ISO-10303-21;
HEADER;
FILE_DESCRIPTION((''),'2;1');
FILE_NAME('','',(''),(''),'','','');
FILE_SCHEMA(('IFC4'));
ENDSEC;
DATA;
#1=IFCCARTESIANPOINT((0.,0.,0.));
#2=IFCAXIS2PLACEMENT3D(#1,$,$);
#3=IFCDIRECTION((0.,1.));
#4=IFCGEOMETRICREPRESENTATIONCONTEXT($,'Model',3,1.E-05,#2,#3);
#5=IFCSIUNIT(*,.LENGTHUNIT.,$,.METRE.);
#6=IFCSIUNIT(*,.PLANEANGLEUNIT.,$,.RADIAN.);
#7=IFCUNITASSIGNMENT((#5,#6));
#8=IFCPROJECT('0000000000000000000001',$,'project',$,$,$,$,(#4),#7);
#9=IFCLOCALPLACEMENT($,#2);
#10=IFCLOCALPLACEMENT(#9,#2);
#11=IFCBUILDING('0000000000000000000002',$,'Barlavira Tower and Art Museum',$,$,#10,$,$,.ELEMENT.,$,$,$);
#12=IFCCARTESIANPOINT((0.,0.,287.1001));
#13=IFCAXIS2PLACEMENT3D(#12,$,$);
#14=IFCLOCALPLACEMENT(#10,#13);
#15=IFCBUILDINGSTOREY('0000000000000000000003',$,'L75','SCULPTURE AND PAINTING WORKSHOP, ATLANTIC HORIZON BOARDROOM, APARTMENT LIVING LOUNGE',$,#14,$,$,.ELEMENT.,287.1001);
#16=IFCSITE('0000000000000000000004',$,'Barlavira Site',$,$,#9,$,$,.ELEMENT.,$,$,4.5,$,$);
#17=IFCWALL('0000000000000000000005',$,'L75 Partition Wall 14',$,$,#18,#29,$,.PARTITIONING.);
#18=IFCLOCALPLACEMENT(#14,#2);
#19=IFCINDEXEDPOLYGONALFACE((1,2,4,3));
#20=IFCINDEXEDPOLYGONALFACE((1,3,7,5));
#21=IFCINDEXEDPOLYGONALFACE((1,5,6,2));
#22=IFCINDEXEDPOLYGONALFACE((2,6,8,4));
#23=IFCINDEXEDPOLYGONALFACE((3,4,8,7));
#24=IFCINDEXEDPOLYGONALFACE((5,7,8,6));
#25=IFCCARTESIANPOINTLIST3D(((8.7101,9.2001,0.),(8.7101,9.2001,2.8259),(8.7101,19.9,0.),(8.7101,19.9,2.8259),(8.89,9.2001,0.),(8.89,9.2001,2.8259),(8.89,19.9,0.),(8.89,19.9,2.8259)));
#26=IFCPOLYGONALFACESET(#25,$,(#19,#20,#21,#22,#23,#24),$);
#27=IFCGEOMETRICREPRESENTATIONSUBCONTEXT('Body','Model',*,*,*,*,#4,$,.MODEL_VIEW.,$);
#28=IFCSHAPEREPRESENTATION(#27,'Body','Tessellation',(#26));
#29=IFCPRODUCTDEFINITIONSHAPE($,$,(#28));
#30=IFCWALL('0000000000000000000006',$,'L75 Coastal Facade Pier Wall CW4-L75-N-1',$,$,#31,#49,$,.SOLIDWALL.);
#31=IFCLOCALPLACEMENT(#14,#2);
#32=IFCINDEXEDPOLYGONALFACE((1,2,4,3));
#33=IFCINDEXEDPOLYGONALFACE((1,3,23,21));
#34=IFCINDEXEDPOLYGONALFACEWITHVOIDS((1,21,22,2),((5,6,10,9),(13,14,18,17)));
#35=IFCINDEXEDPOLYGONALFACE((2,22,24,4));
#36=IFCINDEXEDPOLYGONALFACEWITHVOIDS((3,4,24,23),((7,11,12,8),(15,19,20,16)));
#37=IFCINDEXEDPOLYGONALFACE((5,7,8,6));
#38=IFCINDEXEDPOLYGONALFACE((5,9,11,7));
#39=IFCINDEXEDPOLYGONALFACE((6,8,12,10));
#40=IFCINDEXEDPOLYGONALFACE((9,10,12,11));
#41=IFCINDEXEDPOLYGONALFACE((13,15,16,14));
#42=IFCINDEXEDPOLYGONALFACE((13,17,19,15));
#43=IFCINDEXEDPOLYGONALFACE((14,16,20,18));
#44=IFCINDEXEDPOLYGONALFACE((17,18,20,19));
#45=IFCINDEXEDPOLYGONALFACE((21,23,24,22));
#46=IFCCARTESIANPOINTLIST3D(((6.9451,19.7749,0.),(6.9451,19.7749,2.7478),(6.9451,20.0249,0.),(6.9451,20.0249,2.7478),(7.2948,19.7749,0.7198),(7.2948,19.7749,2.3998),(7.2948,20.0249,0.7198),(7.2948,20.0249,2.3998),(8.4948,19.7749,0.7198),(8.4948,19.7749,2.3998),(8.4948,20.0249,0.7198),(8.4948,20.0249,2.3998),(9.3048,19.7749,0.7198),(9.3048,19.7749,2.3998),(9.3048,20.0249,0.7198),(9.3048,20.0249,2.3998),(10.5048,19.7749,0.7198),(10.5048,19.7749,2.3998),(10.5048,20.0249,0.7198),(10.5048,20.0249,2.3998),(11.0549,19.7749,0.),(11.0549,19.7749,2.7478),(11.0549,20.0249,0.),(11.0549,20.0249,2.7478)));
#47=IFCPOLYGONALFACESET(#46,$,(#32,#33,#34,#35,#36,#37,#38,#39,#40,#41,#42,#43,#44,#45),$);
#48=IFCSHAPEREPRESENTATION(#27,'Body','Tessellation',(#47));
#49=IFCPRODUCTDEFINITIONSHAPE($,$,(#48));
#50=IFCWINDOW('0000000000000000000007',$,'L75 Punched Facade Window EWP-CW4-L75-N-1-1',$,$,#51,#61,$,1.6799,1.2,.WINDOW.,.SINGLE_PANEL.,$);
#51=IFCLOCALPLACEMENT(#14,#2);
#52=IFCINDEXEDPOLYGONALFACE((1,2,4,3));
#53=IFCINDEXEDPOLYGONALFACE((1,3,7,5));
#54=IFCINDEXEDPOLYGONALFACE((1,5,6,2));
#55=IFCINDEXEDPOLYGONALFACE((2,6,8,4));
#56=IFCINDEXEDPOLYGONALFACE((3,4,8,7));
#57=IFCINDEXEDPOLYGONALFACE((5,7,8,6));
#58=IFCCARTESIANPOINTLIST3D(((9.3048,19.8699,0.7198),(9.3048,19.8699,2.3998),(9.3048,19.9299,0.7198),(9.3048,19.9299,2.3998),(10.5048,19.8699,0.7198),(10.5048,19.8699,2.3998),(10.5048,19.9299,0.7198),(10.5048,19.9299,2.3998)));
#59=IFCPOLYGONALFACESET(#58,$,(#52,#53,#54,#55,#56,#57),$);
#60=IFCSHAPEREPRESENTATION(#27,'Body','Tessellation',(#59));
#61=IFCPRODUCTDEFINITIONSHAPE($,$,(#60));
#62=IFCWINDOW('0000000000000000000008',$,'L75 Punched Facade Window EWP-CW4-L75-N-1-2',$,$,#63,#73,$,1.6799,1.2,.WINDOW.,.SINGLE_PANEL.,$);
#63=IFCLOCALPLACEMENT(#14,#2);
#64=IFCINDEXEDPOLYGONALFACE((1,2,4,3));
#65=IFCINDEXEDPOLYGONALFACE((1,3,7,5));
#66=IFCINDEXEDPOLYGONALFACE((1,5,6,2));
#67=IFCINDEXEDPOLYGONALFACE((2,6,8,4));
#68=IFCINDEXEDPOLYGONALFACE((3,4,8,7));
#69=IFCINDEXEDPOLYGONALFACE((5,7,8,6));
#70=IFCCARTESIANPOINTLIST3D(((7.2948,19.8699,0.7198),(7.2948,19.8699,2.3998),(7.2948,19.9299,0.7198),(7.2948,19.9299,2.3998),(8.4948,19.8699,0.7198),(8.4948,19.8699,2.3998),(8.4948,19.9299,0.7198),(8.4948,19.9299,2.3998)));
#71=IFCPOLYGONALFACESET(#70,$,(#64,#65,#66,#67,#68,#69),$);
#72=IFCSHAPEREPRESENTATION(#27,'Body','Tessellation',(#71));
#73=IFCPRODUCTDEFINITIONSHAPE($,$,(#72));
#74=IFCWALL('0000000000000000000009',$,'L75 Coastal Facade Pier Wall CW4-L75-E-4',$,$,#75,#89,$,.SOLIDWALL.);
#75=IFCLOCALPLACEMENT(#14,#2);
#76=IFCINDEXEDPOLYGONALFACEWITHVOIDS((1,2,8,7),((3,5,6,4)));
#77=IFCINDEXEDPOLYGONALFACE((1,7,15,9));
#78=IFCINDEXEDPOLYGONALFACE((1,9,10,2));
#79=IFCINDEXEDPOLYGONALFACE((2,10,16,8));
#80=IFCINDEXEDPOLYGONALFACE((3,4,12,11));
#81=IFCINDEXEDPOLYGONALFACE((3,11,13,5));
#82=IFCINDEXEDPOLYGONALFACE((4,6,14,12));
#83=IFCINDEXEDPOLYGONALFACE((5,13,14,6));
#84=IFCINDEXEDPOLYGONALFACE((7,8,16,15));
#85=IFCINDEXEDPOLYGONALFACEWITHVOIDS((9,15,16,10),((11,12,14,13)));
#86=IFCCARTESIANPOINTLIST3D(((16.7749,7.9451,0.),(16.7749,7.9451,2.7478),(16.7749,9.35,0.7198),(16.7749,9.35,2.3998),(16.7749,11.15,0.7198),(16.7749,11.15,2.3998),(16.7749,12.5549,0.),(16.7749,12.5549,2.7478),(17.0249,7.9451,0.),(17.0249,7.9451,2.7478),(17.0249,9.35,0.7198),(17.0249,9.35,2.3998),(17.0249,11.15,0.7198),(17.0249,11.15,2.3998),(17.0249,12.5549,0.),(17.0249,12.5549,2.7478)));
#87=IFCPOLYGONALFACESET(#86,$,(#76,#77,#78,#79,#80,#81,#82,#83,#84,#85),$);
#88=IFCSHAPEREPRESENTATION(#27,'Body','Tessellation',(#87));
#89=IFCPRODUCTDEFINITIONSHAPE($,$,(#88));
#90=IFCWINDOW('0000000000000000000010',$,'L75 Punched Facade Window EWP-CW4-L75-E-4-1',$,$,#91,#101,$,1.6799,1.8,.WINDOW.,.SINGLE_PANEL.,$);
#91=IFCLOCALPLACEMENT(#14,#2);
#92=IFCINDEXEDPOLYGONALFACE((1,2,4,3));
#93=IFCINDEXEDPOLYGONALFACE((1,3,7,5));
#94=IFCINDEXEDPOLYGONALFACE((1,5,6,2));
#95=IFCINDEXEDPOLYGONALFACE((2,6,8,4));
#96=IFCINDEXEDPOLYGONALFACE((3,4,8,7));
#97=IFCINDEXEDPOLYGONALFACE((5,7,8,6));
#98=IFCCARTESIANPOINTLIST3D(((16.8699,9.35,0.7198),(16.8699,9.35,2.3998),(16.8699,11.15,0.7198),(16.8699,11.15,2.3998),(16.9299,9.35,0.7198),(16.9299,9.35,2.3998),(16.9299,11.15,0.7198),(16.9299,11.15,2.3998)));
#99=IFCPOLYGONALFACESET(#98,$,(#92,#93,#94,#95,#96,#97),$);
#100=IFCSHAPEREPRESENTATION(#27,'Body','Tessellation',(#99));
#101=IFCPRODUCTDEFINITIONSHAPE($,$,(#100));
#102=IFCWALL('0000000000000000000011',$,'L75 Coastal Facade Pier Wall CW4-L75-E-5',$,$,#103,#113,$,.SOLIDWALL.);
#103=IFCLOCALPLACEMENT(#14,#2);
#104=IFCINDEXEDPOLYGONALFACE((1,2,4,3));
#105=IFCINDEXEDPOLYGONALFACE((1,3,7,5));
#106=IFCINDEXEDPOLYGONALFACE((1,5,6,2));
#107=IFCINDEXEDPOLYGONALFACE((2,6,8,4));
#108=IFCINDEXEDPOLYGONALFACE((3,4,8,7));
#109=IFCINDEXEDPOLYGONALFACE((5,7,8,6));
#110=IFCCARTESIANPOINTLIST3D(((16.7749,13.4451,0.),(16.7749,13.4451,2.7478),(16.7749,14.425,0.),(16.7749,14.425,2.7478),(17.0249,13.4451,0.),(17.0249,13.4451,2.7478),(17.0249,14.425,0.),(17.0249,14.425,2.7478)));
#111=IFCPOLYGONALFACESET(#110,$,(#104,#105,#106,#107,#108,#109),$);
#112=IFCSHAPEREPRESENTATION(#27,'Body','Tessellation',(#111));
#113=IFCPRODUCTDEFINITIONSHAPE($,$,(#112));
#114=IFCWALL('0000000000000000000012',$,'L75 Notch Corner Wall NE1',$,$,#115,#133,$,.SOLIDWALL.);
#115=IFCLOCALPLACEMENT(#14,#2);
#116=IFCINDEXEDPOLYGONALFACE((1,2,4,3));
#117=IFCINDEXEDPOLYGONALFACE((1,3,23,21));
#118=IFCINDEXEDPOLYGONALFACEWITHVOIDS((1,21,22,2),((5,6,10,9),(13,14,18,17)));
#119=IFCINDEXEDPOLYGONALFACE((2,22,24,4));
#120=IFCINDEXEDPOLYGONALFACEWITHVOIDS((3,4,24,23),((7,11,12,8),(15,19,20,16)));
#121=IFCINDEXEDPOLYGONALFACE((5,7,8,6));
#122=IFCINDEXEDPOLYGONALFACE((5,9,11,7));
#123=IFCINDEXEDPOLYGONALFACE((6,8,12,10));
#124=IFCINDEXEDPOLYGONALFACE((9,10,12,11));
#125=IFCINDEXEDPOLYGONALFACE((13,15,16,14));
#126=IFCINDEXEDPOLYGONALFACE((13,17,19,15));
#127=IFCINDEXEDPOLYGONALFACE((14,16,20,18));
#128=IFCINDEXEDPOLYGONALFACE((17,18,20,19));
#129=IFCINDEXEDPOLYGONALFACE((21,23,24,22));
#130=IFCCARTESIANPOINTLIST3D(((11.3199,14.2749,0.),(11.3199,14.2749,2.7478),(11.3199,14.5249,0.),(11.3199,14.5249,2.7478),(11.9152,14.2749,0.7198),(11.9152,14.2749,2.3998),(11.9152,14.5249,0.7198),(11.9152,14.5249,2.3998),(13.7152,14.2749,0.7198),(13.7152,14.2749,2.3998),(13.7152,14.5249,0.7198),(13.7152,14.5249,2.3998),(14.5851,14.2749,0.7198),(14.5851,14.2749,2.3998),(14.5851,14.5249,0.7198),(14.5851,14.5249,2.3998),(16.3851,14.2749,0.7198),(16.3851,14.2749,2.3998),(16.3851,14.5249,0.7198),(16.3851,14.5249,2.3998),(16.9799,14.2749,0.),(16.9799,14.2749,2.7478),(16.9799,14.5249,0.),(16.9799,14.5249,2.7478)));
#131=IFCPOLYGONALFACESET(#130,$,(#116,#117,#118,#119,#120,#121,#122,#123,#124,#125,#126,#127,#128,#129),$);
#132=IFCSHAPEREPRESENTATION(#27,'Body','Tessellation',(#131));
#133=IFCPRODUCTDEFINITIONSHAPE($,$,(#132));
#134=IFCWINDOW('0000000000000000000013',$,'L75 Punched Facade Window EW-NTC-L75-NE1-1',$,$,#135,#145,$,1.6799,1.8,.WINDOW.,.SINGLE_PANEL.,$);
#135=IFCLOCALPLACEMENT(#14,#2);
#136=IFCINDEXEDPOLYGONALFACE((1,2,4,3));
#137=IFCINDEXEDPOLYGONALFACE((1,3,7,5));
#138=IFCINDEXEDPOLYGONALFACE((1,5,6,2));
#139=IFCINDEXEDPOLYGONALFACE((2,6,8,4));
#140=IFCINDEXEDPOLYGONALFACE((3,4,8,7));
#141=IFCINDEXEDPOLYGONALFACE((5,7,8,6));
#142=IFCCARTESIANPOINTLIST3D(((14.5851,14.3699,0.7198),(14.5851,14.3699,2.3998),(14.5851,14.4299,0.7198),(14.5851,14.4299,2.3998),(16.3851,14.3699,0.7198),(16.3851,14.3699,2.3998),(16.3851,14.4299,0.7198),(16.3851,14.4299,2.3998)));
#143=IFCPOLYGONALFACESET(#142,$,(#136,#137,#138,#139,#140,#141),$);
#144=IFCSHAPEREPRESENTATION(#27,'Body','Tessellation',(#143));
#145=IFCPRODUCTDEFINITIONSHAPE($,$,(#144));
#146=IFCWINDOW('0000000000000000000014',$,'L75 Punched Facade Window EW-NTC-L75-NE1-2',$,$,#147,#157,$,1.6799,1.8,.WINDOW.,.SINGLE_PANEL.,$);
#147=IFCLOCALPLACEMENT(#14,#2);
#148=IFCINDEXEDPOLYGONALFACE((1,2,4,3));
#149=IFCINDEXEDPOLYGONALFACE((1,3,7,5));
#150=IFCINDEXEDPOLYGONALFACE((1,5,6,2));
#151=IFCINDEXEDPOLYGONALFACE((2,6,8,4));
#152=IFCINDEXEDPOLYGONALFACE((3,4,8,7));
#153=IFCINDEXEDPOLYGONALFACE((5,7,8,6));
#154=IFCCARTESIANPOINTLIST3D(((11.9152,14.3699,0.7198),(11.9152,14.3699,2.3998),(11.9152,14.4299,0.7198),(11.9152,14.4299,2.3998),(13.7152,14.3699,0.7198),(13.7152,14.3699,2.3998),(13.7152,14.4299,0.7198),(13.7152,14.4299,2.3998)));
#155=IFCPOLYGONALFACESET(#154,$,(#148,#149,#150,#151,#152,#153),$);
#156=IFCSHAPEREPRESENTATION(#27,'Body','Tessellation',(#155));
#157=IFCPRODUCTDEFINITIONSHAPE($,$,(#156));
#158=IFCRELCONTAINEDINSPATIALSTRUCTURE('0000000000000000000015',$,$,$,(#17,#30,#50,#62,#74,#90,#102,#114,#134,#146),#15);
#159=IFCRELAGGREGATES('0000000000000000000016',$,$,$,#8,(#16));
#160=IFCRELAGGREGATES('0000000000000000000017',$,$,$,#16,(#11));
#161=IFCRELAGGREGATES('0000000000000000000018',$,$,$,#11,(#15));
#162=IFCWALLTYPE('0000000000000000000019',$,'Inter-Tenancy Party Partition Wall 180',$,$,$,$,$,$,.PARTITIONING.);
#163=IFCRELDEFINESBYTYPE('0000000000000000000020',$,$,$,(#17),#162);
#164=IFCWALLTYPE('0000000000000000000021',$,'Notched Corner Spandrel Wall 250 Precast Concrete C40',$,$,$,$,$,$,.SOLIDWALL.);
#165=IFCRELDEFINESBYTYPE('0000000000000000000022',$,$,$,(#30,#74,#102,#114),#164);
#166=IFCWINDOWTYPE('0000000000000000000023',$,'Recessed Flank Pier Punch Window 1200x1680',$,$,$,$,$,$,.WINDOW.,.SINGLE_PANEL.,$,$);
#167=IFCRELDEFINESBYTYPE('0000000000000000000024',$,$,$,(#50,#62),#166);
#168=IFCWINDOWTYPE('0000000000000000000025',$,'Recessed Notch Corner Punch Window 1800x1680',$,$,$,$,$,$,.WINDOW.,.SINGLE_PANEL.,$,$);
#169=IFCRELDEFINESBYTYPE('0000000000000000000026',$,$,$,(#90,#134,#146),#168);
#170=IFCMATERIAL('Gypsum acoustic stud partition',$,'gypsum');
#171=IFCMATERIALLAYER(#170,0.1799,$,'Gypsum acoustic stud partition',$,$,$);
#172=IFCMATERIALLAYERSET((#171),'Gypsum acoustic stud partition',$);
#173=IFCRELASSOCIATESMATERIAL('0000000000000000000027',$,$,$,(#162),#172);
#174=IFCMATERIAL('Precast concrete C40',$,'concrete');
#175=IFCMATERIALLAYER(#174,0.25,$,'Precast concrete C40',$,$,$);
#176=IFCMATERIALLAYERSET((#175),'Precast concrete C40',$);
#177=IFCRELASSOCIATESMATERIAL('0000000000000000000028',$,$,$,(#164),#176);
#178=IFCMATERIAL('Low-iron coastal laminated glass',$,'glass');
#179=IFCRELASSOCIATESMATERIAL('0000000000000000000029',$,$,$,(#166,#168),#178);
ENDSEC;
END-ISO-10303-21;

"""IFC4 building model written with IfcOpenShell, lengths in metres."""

from ifc_helpers import new_model, si_unit, direction, frame, frame_2d, origin, place, context, subcontext, project, spatial, rectangle, extrude, material, layer, layer_set, type_object, element, fill, save


model = new_model("IFC4")

# Units and contexts
model_context = context("Model", 3, precision=1e-05, world=origin(), true_north=direction((0.0, 1.0)))
body_context = subcontext(model_context, "Body", "Model", "MODEL_VIEW")
ifc_project = project(units=[si_unit("LENGTHUNIT", "METRE"), si_unit("PLANEANGLEUNIT", "RADIAN")], contexts=[model_context])

# Site, building, storey
site_placement = place(None, origin())
site = spatial("IfcSite", under=ifc_project, at=site_placement, Name="Barlavira Site", CompositionType="ELEMENT", RefElevation=4.5)
building_placement = place(site_placement, origin())
building = spatial("IfcBuilding", under=site, at=building_placement, Name="Barlavira Tower and Art Museum", CompositionType="ELEMENT")
storey_placement = place(building_placement, frame((0.0, 0.0, 287.1001)))
storey = spatial("IfcBuildingStorey", under=building, at=storey_placement, Name="L75", Description="SCULPTURE AND PAINTING WORKSHOP, ATLANTIC HORIZON BOARDROOM, APARTMENT LIVING LOUNGE", CompositionType="ELEMENT", Elevation=287.1001)

# Shared definitions
ifc_material_1 = material(Name="Low-iron coastal laminated glass", Category="glass")

# Wall
ifc_material_2 = material(Name="Gypsum acoustic stud partition", Category="gypsum")
ifc_layer_1 = layer(ifc_material_2, 0.1799, Name="Gypsum acoustic stud partition")
ifc_layer_set_1 = layer_set([ifc_layer_1], Name="Gypsum acoustic stud partition")
wall_type_1 = type_object("IfcWallType", Name="Inter-Tenancy Party Partition Wall 180", PredefinedType="PARTITIONING", material=ifc_layer_set_1)
wall_1_placement = place(storey_placement, frame((8.8, 9.2, 0.0), z_axis=(0.0, 0.0, 1.0), x_axis=(0.0, 1.0, 0.0)))
element("IfcWall", 1, at=wall_1_placement, inside=storey, type_object=wall_type_1, Name="L75 Partition Wall 14", PredefinedType="PARTITIONING", context=body_context, shape_type="SweptSolid", body=[
    extrude(rectangle(XDim=10.7, YDim=0.1799, at=frame_2d((5.3501, 0.0))), origin(), (0.0, 0.0, 1.0), 2.8259),
])

# Wall, openings, windows
ifc_material_3 = material(Name="Precast concrete C40", Category="concrete")
ifc_layer_2 = layer(ifc_material_3, 0.25, Name="Precast concrete C40")
ifc_layer_set_2 = layer_set([ifc_layer_2], Name="Precast concrete C40")
wall_type_2 = type_object("IfcWallType", Name="Notched Corner Spandrel Wall 250 Precast Concrete C40", PredefinedType="SOLIDWALL", material=ifc_layer_set_2)
wall_2_placement = place(storey_placement, frame((11.0549, 19.8999, 0.0), z_axis=(0.0, 0.0, 1.0), x_axis=(-1.0, 0.0, 0.0)))
wall_2 = element("IfcWall", 2, at=wall_2_placement, inside=storey, type_object=wall_type_2, Name="L75 Coastal Facade Pier Wall CW4-L75-N-1", PredefinedType="SOLIDWALL", context=body_context, shape_type="SweptSolid", body=[
    extrude(rectangle(XDim=4.1099, YDim=0.25, at=frame_2d((2.0549, 0.0))), origin(), (0.0, 0.0, 1.0), 2.7478),
])
opening_1_placement = place(wall_2_placement, frame((0.55, 0.0, 0.72)))
opening_1 = element("IfcOpeningElement", 3, at=opening_1_placement, cuts=wall_2, PredefinedType="OPENING", context=body_context, shape_type="SweptSolid", body=[
    extrude(rectangle(XDim=1.2, YDim=1.6799, at=frame_2d((0.6001, 0.8398))), frame((0.0, 0.135, 0.0), z_axis=(0.0, -1.0, 0.0), x_axis=(1.0, 0.0, 0.0)), (0.0, 0.0, 1.0), 0.27),
])
opening_2_placement = place(wall_2_placement, frame((2.5601, 0.0, 0.72)))
opening_2 = element("IfcOpeningElement", 4, at=opening_2_placement, cuts=wall_2, PredefinedType="OPENING", context=body_context, shape_type="SweptSolid", body=[
    extrude(rectangle(XDim=1.2, YDim=1.6799, at=frame_2d((0.6001, 0.8398))), frame((0.0, 0.135, 0.0), z_axis=(0.0, -1.0, 0.0), x_axis=(1.0, 0.0, 0.0)), (0.0, 0.0, 1.0), 0.27),
])
window_type_1 = type_object("IfcWindowType", Name="Recessed Flank Pier Punch Window 1200x1680", PartitioningType="SINGLE_PANEL", PredefinedType="WINDOW", material=ifc_material_1)
window_1_placement = place(opening_1_placement, origin())
window_1 = element("IfcWindow", 5, at=window_1_placement, inside=storey, type_object=window_type_1, Name="L75 Punched Facade Window EWP-CW4-L75-N-1-1", OverallHeight=1.6799, OverallWidth=1.2, PartitioningType="SINGLE_PANEL", PredefinedType="WINDOW", context=body_context, shape_type="SweptSolid", body=[
    extrude(rectangle(XDim=1.2, YDim=1.6799, at=frame_2d((0.6001, 0.8398))), frame((0.0, 0.03, 0.0), z_axis=(0.0, -1.0, 0.0), x_axis=(1.0, 0.0, 0.0)), (0.0, 0.0, 1.0), 0.0601),
])
fill(opening_1, window_1)
window_2_placement = place(opening_2_placement, origin())
window_2 = element("IfcWindow", 6, at=window_2_placement, inside=storey, type_object=window_type_1, Name="L75 Punched Facade Window EWP-CW4-L75-N-1-2", OverallHeight=1.6799, OverallWidth=1.2, PartitioningType="SINGLE_PANEL", PredefinedType="WINDOW", context=body_context, shape_type="SweptSolid", body=[
    extrude(rectangle(XDim=1.2, YDim=1.6799, at=frame_2d((0.6001, 0.8398))), frame((0.0, 0.03, 0.0), z_axis=(0.0, -1.0, 0.0), x_axis=(1.0, 0.0, 0.0)), (0.0, 0.0, 1.0), 0.0601),
])
fill(opening_2, window_2)

# Wall, opening, window
wall_3_placement = place(storey_placement, frame((16.8999, 7.9451, 0.0), z_axis=(0.0, 0.0, 1.0), x_axis=(0.0, 1.0, 0.0)))
wall_3 = element("IfcWall", 7, at=wall_3_placement, inside=storey, type_object=wall_type_2, Name="L75 Coastal Facade Pier Wall CW4-L75-E-4", PredefinedType="SOLIDWALL", context=body_context, shape_type="SweptSolid", body=[
    extrude(rectangle(XDim=4.6099, YDim=0.25, at=frame_2d((2.3049, 0.0))), origin(), (0.0, 0.0, 1.0), 2.7478),
])
opening_3_placement = place(wall_3_placement, frame((1.405, 0.0, 0.72)))
opening_3 = element("IfcOpeningElement", 8, at=opening_3_placement, cuts=wall_3, PredefinedType="OPENING", context=body_context, shape_type="SweptSolid", body=[
    extrude(rectangle(XDim=1.8, YDim=1.6799, at=frame_2d((0.8999, 0.8398))), frame((0.0, 0.135, 0.0), z_axis=(0.0, -1.0, 0.0), x_axis=(1.0, 0.0, 0.0)), (0.0, 0.0, 1.0), 0.27),
])
window_type_2 = type_object("IfcWindowType", Name="Recessed Notch Corner Punch Window 1800x1680", PartitioningType="SINGLE_PANEL", PredefinedType="WINDOW", material=ifc_material_1)
window_3_placement = place(opening_3_placement, origin())
window_3 = element("IfcWindow", 9, at=window_3_placement, inside=storey, type_object=window_type_2, Name="L75 Punched Facade Window EWP-CW4-L75-E-4-1", OverallHeight=1.6799, OverallWidth=1.8, PartitioningType="SINGLE_PANEL", PredefinedType="WINDOW", context=body_context, shape_type="SweptSolid", body=[
    extrude(rectangle(XDim=1.8, YDim=1.6799, at=frame_2d((0.8999, 0.8398))), frame((0.0, 0.03, 0.0), z_axis=(0.0, -1.0, 0.0), x_axis=(1.0, 0.0, 0.0)), (0.0, 0.0, 1.0), 0.0601),
])
fill(opening_3, window_3)

# Wall
wall_4_placement = place(storey_placement, frame((16.8999, 13.4451, 0.0), z_axis=(0.0, 0.0, 1.0), x_axis=(0.0, 1.0, 0.0)))
element("IfcWall", 10, at=wall_4_placement, inside=storey, type_object=wall_type_2, Name="L75 Coastal Facade Pier Wall CW4-L75-E-5", PredefinedType="SOLIDWALL", context=body_context, shape_type="SweptSolid", body=[
    extrude(rectangle(XDim=0.98, YDim=0.25, at=frame_2d((0.49, 0.0))), origin(), (0.0, 0.0, 1.0), 2.7478),
])

# Wall, openings, windows
wall_5_placement = place(storey_placement, frame((16.98, 14.3999, 0.0), z_axis=(0.0, 0.0, 1.0), x_axis=(-1.0, 0.0, 0.0)))
wall_5 = element("IfcWall", 11, at=wall_5_placement, inside=storey, type_object=wall_type_2, Name="L75 Notch Corner Wall NE1", PredefinedType="SOLIDWALL", context=body_context, shape_type="SweptSolid", body=[
    extrude(rectangle(XDim=5.6599, YDim=0.25, at=frame_2d((2.8301, 0.0))), origin(), (0.0, 0.0, 1.0), 2.7478),
])
opening_4_placement = place(wall_5_placement, frame((0.595, 0.0, 0.72)))
opening_4 = element("IfcOpeningElement", 12, at=opening_4_placement, cuts=wall_5, PredefinedType="OPENING", context=body_context, shape_type="SweptSolid", body=[
    extrude(rectangle(XDim=1.8, YDim=1.6799, at=frame_2d((0.8999, 0.8398))), frame((0.0, 0.135, 0.0), z_axis=(0.0, -1.0, 0.0), x_axis=(1.0, 0.0, 0.0)), (0.0, 0.0, 1.0), 0.27),
])
opening_5_placement = place(wall_5_placement, frame((3.2649, 0.0, 0.72)))
opening_5 = element("IfcOpeningElement", 13, at=opening_5_placement, cuts=wall_5, PredefinedType="OPENING", context=body_context, shape_type="SweptSolid", body=[
    extrude(rectangle(XDim=1.8, YDim=1.6799, at=frame_2d((0.8999, 0.8398))), frame((0.0, 0.135, 0.0), z_axis=(0.0, -1.0, 0.0), x_axis=(1.0, 0.0, 0.0)), (0.0, 0.0, 1.0), 0.27),
])
window_4_placement = place(opening_4_placement, origin())
window_4 = element("IfcWindow", 14, at=window_4_placement, inside=storey, type_object=window_type_2, Name="L75 Punched Facade Window EW-NTC-L75-NE1-1", OverallHeight=1.6799, OverallWidth=1.8, PartitioningType="SINGLE_PANEL", PredefinedType="WINDOW", context=body_context, shape_type="SweptSolid", body=[
    extrude(rectangle(XDim=1.8, YDim=1.6799, at=frame_2d((0.8999, 0.8398))), frame((0.0, 0.03, 0.0), z_axis=(0.0, -1.0, 0.0), x_axis=(1.0, 0.0, 0.0)), (0.0, 0.0, 1.0), 0.0601),
])
fill(opening_4, window_4)
window_5_placement = place(opening_5_placement, origin())
window_5 = element("IfcWindow", 15, at=window_5_placement, inside=storey, type_object=window_type_2, Name="L75 Punched Facade Window EW-NTC-L75-NE1-2", OverallHeight=1.6799, OverallWidth=1.8, PartitioningType="SINGLE_PANEL", PredefinedType="WINDOW", context=body_context, shape_type="SweptSolid", body=[
    extrude(rectangle(XDim=1.8, YDim=1.6799, at=frame_2d((0.8999, 0.8398))), frame((0.0, 0.03, 0.0), z_axis=(0.0, -1.0, 0.0), x_axis=(1.0, 0.0, 0.0)), (0.0, 0.0, 1.0), 0.0601),
])
fill(opening_5, window_5)

save(model, "model.ifc")
